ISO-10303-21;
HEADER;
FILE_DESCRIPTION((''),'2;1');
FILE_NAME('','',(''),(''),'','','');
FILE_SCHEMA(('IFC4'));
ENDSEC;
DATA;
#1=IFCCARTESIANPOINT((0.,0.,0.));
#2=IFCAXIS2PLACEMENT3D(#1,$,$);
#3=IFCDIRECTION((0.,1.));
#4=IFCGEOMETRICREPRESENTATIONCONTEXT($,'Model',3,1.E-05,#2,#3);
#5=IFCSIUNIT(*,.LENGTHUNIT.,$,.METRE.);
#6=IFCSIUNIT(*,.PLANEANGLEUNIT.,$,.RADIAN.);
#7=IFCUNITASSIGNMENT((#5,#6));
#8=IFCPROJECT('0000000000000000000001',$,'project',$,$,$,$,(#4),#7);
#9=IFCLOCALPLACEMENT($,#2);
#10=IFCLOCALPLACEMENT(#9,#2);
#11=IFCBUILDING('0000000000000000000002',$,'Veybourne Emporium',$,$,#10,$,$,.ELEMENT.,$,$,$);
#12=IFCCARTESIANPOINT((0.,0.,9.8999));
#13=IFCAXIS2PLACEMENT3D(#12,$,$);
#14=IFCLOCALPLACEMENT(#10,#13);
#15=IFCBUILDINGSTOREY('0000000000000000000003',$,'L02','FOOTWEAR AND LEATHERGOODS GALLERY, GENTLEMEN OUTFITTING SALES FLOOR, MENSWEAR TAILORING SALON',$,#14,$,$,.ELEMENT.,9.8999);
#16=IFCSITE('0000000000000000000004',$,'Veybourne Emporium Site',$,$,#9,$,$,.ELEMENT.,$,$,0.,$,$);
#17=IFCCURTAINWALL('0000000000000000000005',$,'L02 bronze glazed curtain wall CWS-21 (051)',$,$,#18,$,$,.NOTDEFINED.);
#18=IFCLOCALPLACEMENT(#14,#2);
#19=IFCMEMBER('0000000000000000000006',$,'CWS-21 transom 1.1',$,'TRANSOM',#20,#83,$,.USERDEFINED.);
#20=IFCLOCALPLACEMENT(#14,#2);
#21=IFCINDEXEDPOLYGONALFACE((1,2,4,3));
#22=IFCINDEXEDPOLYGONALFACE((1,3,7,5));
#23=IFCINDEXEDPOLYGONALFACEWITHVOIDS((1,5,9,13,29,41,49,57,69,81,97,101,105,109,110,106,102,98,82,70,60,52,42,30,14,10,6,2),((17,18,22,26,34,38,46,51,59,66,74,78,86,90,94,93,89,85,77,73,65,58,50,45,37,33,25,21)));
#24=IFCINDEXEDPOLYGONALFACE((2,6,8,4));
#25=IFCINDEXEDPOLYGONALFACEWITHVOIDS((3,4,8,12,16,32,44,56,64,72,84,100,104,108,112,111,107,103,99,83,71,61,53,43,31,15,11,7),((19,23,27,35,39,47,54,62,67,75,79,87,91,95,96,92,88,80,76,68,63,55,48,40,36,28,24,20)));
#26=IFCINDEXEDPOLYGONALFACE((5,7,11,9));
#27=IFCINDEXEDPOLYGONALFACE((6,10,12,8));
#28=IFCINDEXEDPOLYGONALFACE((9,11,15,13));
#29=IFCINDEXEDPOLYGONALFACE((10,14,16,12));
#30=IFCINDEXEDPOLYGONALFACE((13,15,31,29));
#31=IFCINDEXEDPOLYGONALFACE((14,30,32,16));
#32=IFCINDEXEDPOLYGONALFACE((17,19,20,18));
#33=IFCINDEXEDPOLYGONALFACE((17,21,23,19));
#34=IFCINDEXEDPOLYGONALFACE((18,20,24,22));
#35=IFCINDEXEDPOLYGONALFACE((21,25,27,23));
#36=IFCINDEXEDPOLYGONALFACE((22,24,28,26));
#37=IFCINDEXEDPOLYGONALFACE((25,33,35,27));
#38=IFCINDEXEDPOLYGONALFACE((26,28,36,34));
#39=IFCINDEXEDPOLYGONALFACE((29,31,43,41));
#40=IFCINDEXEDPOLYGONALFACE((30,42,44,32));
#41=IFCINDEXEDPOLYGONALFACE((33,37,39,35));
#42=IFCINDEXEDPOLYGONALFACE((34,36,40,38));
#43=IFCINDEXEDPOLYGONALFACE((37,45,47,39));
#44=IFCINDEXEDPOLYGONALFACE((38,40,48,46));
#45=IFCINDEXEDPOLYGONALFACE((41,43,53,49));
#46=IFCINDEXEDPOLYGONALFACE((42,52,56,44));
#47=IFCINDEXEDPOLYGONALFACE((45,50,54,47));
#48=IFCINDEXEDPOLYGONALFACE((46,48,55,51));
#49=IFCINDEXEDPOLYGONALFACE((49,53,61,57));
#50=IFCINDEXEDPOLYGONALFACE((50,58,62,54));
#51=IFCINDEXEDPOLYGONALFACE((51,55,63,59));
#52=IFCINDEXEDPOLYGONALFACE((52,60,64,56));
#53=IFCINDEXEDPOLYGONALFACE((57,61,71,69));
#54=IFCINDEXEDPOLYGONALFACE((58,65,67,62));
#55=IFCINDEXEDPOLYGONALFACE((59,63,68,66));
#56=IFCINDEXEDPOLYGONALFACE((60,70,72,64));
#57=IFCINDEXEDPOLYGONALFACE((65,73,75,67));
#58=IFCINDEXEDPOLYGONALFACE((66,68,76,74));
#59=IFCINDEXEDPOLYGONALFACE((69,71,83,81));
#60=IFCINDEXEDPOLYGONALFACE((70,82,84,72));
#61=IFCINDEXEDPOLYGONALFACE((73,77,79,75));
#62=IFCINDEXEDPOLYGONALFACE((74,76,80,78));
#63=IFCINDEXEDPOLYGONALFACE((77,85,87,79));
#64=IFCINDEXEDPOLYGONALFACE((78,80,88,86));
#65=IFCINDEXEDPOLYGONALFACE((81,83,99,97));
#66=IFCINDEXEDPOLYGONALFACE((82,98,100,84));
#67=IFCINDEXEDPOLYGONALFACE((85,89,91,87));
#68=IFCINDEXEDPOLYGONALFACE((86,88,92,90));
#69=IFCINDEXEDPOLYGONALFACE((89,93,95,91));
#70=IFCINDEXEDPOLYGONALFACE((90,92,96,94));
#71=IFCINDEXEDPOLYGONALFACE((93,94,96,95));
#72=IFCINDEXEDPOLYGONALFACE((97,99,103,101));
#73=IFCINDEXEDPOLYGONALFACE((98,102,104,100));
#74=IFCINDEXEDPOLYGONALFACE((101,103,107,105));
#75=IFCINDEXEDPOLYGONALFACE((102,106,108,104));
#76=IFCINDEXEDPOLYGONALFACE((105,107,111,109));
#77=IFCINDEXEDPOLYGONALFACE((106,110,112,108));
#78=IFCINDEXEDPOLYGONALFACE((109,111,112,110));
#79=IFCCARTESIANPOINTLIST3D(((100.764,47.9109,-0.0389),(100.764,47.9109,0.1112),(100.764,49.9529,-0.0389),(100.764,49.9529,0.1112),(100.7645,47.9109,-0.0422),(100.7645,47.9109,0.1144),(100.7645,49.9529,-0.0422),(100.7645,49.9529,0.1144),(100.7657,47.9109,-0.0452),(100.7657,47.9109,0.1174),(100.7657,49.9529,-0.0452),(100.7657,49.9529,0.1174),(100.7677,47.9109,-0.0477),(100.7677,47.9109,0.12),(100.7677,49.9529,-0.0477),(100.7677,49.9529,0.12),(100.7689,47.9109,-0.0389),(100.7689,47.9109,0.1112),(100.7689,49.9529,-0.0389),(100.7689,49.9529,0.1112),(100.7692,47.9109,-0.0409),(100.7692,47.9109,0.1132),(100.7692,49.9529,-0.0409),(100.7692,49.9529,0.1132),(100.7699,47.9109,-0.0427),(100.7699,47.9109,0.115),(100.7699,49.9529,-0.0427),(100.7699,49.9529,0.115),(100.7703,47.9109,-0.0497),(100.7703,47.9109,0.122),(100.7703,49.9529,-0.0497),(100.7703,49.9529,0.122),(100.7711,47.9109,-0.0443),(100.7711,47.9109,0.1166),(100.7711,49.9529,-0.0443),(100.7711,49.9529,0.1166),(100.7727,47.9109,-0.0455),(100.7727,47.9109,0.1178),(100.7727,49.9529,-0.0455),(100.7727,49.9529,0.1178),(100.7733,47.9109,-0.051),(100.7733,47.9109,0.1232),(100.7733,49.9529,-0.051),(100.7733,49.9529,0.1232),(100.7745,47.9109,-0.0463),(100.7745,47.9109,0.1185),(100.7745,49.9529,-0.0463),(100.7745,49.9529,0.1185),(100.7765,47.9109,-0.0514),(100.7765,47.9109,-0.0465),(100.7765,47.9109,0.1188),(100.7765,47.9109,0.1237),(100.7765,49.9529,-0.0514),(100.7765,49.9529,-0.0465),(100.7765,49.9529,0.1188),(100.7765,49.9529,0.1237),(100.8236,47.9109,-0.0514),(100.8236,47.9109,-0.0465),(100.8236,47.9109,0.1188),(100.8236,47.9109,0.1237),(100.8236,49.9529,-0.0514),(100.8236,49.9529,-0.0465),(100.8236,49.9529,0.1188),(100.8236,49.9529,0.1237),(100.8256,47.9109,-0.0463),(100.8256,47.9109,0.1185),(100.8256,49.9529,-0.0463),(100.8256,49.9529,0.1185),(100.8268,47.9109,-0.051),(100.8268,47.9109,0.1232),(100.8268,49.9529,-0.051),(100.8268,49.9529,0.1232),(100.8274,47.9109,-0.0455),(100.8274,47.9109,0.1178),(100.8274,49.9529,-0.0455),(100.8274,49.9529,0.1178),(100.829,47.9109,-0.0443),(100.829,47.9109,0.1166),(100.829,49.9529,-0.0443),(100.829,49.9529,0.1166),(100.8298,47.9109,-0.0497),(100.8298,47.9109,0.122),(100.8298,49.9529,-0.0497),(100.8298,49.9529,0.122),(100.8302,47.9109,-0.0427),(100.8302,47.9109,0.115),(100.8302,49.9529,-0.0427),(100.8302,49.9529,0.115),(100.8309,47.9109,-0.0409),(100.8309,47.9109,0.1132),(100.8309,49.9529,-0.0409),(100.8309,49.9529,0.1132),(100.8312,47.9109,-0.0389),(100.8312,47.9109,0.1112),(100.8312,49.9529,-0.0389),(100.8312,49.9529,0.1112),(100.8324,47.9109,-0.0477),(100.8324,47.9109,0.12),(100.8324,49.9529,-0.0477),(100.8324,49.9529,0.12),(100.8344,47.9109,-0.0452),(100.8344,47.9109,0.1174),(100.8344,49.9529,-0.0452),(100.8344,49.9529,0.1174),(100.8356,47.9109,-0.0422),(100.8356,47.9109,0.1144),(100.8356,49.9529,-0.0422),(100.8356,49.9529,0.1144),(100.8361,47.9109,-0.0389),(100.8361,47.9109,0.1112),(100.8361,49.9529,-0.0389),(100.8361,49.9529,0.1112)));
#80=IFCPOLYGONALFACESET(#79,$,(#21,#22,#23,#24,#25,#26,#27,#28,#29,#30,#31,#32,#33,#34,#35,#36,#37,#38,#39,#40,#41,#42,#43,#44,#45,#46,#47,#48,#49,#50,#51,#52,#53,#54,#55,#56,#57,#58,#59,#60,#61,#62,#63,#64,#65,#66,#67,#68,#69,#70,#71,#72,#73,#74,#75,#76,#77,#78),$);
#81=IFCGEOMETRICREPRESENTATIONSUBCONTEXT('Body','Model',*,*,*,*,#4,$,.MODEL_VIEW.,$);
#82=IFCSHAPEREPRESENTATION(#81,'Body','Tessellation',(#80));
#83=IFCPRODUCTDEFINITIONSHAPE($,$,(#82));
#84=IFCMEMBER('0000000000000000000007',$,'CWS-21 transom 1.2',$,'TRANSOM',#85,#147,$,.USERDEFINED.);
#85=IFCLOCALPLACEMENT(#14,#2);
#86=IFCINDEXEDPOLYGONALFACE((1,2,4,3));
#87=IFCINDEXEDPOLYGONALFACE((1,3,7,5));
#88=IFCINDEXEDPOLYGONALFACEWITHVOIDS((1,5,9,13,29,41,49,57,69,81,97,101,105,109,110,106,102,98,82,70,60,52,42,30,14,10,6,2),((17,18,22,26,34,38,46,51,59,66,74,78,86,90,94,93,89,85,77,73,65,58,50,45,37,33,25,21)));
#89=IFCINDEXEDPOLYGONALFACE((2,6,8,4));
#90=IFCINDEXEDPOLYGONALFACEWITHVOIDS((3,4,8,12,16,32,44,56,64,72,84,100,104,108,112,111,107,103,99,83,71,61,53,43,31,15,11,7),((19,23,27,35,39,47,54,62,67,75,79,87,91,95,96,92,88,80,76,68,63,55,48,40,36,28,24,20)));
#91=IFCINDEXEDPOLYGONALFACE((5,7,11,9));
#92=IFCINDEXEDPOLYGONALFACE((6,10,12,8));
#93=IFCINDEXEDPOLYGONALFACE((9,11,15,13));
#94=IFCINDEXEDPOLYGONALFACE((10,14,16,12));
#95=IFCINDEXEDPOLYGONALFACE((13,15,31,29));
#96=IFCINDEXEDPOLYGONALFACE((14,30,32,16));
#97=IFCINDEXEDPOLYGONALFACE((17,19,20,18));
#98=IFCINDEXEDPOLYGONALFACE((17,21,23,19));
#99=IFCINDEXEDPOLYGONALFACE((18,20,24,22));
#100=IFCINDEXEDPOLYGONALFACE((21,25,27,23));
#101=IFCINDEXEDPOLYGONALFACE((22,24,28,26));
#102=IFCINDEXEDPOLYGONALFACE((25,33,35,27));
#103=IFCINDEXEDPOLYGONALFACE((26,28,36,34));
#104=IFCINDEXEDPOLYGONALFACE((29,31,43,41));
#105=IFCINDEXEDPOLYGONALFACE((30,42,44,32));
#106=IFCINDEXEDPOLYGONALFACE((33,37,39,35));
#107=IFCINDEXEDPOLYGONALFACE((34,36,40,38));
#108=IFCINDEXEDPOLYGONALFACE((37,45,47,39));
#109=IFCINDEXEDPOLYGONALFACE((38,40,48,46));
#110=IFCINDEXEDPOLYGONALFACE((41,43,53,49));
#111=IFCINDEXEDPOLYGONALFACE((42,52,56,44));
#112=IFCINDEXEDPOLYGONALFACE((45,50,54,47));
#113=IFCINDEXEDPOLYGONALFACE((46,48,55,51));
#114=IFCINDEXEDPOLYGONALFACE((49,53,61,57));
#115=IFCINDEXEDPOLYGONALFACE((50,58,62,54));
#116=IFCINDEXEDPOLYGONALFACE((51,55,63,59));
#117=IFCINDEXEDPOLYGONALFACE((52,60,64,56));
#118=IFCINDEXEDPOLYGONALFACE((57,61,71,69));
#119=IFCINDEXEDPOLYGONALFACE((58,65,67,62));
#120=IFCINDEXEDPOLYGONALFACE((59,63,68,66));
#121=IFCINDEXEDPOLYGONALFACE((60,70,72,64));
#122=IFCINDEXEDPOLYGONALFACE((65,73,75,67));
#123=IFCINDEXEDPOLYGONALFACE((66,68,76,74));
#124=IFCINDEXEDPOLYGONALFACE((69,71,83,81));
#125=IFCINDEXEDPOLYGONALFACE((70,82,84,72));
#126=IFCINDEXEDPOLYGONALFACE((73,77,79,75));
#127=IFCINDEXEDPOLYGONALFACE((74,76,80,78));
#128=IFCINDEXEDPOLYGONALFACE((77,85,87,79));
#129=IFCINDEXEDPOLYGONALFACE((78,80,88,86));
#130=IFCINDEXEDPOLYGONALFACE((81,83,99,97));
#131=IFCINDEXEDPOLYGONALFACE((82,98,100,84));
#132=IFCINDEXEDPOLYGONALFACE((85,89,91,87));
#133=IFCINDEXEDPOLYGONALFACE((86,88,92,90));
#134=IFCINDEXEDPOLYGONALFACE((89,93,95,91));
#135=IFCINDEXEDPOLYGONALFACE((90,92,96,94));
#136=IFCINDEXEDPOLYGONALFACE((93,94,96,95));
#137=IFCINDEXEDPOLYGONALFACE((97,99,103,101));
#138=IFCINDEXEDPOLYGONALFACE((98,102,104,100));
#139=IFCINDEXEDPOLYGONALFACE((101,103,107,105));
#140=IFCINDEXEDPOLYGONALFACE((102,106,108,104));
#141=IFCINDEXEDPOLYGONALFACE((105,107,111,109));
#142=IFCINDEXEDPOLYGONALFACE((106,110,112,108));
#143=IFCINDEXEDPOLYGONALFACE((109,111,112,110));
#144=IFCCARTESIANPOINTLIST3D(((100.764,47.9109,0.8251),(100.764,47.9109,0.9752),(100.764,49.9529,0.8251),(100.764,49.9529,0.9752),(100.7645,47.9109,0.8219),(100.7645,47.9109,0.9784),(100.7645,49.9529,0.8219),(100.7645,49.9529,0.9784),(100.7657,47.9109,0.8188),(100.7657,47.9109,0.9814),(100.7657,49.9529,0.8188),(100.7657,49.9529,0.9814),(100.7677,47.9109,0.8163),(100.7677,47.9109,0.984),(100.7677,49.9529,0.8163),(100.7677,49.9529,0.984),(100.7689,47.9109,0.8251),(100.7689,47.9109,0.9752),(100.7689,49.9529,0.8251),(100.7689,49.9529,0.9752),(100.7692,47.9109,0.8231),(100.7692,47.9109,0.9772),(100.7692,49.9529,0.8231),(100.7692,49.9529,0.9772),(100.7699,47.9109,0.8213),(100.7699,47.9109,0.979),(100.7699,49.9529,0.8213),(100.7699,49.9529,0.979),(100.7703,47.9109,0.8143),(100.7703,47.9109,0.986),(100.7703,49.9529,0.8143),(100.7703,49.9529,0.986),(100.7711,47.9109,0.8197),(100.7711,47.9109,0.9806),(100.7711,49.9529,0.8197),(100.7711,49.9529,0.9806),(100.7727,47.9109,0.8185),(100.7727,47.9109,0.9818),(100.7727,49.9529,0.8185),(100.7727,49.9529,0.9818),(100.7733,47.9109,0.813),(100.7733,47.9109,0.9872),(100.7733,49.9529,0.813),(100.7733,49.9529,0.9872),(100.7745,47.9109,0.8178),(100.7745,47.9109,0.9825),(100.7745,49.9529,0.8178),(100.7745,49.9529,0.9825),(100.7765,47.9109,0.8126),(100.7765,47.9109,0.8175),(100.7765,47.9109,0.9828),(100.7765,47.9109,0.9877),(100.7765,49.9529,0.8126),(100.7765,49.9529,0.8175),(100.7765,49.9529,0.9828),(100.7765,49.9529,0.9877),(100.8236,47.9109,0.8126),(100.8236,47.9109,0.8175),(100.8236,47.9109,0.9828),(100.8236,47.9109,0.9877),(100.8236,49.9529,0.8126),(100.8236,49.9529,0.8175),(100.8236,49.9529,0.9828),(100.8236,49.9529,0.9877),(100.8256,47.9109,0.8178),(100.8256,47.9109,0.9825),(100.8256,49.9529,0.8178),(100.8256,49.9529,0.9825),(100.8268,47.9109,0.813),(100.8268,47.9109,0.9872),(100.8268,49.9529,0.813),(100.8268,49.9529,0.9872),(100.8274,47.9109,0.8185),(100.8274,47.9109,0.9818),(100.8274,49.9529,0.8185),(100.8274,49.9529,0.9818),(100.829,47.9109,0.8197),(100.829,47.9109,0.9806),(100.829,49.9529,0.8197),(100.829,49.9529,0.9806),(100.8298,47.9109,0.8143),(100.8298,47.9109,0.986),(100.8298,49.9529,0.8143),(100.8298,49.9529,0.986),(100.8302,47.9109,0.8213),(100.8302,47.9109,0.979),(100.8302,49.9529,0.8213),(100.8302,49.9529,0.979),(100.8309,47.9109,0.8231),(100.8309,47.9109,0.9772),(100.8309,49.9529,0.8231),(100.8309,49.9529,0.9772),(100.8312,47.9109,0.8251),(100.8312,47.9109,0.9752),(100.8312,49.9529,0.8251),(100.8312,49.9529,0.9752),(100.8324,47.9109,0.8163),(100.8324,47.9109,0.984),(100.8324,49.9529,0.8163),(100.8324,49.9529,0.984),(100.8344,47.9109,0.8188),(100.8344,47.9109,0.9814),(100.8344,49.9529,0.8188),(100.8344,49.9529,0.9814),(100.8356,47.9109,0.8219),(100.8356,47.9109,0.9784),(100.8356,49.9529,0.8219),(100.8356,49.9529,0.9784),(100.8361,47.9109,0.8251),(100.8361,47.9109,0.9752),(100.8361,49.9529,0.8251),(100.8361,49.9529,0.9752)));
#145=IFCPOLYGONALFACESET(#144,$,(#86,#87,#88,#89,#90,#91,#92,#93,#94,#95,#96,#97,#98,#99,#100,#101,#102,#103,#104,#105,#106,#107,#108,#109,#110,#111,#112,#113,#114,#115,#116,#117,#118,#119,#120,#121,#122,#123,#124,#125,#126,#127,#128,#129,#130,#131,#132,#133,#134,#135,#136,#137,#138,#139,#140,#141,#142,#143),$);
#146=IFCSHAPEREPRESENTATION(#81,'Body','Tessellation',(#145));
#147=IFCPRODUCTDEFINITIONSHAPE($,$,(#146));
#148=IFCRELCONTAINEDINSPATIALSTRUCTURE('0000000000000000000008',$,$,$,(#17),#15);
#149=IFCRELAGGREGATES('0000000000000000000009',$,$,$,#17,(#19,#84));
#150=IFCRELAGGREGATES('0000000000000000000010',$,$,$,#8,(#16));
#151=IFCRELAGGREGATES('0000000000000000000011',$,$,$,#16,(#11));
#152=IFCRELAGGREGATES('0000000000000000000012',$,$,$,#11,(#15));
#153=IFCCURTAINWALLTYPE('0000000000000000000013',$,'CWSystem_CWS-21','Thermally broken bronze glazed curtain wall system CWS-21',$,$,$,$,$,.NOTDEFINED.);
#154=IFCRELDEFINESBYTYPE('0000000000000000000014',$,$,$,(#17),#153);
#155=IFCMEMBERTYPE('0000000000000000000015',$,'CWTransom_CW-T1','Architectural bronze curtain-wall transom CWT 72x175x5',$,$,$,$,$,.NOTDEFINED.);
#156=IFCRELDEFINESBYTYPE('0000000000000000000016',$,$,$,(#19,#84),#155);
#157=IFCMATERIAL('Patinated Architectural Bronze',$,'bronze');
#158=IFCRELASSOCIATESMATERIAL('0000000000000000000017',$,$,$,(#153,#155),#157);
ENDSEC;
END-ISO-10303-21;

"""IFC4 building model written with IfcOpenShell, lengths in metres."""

from ifc_helpers import new_model, si_unit, direction, frame, origin, origin_2d, place, context, subcontext, project, spatial, hollow_rectangle, extrude, material, material_profile, profile_set, type_object, element, aggregate, save


model = new_model("IFC4")

# Units and contexts
model_context = context("Model", 3, precision=1e-05, world=origin(), true_north=direction((0.0, 1.0)))
body_context = subcontext(model_context, "Body", "Model", "MODEL_VIEW")
ifc_project = project(units=[si_unit("LENGTHUNIT", "METRE"), si_unit("PLANEANGLEUNIT", "RADIAN")], contexts=[model_context])

# Site, building, storey
site_placement = place(None, origin())
site = spatial("IfcSite", under=ifc_project, at=site_placement, Name="Veybourne Emporium Site", CompositionType="ELEMENT", RefElevation=0.0)
building_placement = place(site_placement, origin())
building = spatial("IfcBuilding", under=site, at=building_placement, Name="Veybourne Emporium", CompositionType="ELEMENT")
storey_placement = place(building_placement, frame((0.0, 0.0, 9.8999)))
storey = spatial("IfcBuildingStorey", under=building, at=storey_placement, Name="L02", Description="FOOTWEAR AND LEATHERGOODS GALLERY, GENTLEMEN OUTFITTING SALES FLOOR, MENSWEAR TAILORING SALON", CompositionType="ELEMENT", Elevation=9.8999)

# Curtain wall
ifc_material_1 = material(Name="Patinated Architectural Bronze", Category="bronze")
curtain_wall_type_1 = type_object("IfcCurtainWallType", Name="CWSystem_CWS-21", Description="Thermally broken bronze glazed curtain wall system CWS-21", PredefinedType="NOTDEFINED", material=ifc_material_1)
curtain_wall_1_placement = place(storey_placement, origin())
curtain_wall_1 = element("IfcCurtainWall", 1, at=curtain_wall_1_placement, inside=storey, type_object=curtain_wall_type_1, Name="L02 bronze glazed curtain wall CWS-21 (051)", PredefinedType="NOTDEFINED")

# Members
ifc_material_profile_1 = material_profile(ifc_material_1, hollow_rectangle(XDim=0.072, YDim=0.175, WallThickness=0.0049, InnerFilletRadius=0.0076, OuterFilletRadius=0.0125, at=origin_2d()), Name="CWT 72x175x5")
ifc_profile_set_1 = profile_set([ifc_material_profile_1], Name="Patinated Architectural Bronze")
member_type_1 = type_object("IfcMemberType", Name="CWTransom_CW-T1", Description="Architectural bronze curtain-wall transom CWT 72x175x5", PredefinedType="NOTDEFINED", material=ifc_profile_set_1)
member_1_placement = place(storey_placement, frame((100.8, 49.9529, 0.0361), z_axis=(0.0, -1.0, 0.0), x_axis=(1.0, 0.0, 0.0)))
member_1 = element("IfcMember", 2, at=member_1_placement, type_object=member_type_1, Name="CWS-21 transom 1.1", ObjectType="TRANSOM", PredefinedType="USERDEFINED", context=body_context, shape_type="SweptSolid", body=[
    extrude(hollow_rectangle(XDim=0.072, YDim=0.175, WallThickness=0.0049, InnerFilletRadius=0.0076, OuterFilletRadius=0.0125, at=origin_2d()), origin(), (0.0, 0.0, 1.0), 2.042),
])
member_2_placement = place(storey_placement, frame((100.8, 49.9529, 0.9001), z_axis=(0.0, -1.0, 0.0), x_axis=(1.0, 0.0, 0.0)))
member_2 = element("IfcMember", 3, at=member_2_placement, type_object=member_type_1, Name="CWS-21 transom 1.2", ObjectType="TRANSOM", PredefinedType="USERDEFINED", context=body_context, shape_type="SweptSolid", body=[
    extrude(hollow_rectangle(XDim=0.072, YDim=0.175, WallThickness=0.0049, InnerFilletRadius=0.0076, OuterFilletRadius=0.0125, at=origin_2d()), origin(), (0.0, 0.0, 1.0), 2.042),
])

aggregate(curtain_wall_1, [member_1, member_2])

save(model, "model.ifc")
